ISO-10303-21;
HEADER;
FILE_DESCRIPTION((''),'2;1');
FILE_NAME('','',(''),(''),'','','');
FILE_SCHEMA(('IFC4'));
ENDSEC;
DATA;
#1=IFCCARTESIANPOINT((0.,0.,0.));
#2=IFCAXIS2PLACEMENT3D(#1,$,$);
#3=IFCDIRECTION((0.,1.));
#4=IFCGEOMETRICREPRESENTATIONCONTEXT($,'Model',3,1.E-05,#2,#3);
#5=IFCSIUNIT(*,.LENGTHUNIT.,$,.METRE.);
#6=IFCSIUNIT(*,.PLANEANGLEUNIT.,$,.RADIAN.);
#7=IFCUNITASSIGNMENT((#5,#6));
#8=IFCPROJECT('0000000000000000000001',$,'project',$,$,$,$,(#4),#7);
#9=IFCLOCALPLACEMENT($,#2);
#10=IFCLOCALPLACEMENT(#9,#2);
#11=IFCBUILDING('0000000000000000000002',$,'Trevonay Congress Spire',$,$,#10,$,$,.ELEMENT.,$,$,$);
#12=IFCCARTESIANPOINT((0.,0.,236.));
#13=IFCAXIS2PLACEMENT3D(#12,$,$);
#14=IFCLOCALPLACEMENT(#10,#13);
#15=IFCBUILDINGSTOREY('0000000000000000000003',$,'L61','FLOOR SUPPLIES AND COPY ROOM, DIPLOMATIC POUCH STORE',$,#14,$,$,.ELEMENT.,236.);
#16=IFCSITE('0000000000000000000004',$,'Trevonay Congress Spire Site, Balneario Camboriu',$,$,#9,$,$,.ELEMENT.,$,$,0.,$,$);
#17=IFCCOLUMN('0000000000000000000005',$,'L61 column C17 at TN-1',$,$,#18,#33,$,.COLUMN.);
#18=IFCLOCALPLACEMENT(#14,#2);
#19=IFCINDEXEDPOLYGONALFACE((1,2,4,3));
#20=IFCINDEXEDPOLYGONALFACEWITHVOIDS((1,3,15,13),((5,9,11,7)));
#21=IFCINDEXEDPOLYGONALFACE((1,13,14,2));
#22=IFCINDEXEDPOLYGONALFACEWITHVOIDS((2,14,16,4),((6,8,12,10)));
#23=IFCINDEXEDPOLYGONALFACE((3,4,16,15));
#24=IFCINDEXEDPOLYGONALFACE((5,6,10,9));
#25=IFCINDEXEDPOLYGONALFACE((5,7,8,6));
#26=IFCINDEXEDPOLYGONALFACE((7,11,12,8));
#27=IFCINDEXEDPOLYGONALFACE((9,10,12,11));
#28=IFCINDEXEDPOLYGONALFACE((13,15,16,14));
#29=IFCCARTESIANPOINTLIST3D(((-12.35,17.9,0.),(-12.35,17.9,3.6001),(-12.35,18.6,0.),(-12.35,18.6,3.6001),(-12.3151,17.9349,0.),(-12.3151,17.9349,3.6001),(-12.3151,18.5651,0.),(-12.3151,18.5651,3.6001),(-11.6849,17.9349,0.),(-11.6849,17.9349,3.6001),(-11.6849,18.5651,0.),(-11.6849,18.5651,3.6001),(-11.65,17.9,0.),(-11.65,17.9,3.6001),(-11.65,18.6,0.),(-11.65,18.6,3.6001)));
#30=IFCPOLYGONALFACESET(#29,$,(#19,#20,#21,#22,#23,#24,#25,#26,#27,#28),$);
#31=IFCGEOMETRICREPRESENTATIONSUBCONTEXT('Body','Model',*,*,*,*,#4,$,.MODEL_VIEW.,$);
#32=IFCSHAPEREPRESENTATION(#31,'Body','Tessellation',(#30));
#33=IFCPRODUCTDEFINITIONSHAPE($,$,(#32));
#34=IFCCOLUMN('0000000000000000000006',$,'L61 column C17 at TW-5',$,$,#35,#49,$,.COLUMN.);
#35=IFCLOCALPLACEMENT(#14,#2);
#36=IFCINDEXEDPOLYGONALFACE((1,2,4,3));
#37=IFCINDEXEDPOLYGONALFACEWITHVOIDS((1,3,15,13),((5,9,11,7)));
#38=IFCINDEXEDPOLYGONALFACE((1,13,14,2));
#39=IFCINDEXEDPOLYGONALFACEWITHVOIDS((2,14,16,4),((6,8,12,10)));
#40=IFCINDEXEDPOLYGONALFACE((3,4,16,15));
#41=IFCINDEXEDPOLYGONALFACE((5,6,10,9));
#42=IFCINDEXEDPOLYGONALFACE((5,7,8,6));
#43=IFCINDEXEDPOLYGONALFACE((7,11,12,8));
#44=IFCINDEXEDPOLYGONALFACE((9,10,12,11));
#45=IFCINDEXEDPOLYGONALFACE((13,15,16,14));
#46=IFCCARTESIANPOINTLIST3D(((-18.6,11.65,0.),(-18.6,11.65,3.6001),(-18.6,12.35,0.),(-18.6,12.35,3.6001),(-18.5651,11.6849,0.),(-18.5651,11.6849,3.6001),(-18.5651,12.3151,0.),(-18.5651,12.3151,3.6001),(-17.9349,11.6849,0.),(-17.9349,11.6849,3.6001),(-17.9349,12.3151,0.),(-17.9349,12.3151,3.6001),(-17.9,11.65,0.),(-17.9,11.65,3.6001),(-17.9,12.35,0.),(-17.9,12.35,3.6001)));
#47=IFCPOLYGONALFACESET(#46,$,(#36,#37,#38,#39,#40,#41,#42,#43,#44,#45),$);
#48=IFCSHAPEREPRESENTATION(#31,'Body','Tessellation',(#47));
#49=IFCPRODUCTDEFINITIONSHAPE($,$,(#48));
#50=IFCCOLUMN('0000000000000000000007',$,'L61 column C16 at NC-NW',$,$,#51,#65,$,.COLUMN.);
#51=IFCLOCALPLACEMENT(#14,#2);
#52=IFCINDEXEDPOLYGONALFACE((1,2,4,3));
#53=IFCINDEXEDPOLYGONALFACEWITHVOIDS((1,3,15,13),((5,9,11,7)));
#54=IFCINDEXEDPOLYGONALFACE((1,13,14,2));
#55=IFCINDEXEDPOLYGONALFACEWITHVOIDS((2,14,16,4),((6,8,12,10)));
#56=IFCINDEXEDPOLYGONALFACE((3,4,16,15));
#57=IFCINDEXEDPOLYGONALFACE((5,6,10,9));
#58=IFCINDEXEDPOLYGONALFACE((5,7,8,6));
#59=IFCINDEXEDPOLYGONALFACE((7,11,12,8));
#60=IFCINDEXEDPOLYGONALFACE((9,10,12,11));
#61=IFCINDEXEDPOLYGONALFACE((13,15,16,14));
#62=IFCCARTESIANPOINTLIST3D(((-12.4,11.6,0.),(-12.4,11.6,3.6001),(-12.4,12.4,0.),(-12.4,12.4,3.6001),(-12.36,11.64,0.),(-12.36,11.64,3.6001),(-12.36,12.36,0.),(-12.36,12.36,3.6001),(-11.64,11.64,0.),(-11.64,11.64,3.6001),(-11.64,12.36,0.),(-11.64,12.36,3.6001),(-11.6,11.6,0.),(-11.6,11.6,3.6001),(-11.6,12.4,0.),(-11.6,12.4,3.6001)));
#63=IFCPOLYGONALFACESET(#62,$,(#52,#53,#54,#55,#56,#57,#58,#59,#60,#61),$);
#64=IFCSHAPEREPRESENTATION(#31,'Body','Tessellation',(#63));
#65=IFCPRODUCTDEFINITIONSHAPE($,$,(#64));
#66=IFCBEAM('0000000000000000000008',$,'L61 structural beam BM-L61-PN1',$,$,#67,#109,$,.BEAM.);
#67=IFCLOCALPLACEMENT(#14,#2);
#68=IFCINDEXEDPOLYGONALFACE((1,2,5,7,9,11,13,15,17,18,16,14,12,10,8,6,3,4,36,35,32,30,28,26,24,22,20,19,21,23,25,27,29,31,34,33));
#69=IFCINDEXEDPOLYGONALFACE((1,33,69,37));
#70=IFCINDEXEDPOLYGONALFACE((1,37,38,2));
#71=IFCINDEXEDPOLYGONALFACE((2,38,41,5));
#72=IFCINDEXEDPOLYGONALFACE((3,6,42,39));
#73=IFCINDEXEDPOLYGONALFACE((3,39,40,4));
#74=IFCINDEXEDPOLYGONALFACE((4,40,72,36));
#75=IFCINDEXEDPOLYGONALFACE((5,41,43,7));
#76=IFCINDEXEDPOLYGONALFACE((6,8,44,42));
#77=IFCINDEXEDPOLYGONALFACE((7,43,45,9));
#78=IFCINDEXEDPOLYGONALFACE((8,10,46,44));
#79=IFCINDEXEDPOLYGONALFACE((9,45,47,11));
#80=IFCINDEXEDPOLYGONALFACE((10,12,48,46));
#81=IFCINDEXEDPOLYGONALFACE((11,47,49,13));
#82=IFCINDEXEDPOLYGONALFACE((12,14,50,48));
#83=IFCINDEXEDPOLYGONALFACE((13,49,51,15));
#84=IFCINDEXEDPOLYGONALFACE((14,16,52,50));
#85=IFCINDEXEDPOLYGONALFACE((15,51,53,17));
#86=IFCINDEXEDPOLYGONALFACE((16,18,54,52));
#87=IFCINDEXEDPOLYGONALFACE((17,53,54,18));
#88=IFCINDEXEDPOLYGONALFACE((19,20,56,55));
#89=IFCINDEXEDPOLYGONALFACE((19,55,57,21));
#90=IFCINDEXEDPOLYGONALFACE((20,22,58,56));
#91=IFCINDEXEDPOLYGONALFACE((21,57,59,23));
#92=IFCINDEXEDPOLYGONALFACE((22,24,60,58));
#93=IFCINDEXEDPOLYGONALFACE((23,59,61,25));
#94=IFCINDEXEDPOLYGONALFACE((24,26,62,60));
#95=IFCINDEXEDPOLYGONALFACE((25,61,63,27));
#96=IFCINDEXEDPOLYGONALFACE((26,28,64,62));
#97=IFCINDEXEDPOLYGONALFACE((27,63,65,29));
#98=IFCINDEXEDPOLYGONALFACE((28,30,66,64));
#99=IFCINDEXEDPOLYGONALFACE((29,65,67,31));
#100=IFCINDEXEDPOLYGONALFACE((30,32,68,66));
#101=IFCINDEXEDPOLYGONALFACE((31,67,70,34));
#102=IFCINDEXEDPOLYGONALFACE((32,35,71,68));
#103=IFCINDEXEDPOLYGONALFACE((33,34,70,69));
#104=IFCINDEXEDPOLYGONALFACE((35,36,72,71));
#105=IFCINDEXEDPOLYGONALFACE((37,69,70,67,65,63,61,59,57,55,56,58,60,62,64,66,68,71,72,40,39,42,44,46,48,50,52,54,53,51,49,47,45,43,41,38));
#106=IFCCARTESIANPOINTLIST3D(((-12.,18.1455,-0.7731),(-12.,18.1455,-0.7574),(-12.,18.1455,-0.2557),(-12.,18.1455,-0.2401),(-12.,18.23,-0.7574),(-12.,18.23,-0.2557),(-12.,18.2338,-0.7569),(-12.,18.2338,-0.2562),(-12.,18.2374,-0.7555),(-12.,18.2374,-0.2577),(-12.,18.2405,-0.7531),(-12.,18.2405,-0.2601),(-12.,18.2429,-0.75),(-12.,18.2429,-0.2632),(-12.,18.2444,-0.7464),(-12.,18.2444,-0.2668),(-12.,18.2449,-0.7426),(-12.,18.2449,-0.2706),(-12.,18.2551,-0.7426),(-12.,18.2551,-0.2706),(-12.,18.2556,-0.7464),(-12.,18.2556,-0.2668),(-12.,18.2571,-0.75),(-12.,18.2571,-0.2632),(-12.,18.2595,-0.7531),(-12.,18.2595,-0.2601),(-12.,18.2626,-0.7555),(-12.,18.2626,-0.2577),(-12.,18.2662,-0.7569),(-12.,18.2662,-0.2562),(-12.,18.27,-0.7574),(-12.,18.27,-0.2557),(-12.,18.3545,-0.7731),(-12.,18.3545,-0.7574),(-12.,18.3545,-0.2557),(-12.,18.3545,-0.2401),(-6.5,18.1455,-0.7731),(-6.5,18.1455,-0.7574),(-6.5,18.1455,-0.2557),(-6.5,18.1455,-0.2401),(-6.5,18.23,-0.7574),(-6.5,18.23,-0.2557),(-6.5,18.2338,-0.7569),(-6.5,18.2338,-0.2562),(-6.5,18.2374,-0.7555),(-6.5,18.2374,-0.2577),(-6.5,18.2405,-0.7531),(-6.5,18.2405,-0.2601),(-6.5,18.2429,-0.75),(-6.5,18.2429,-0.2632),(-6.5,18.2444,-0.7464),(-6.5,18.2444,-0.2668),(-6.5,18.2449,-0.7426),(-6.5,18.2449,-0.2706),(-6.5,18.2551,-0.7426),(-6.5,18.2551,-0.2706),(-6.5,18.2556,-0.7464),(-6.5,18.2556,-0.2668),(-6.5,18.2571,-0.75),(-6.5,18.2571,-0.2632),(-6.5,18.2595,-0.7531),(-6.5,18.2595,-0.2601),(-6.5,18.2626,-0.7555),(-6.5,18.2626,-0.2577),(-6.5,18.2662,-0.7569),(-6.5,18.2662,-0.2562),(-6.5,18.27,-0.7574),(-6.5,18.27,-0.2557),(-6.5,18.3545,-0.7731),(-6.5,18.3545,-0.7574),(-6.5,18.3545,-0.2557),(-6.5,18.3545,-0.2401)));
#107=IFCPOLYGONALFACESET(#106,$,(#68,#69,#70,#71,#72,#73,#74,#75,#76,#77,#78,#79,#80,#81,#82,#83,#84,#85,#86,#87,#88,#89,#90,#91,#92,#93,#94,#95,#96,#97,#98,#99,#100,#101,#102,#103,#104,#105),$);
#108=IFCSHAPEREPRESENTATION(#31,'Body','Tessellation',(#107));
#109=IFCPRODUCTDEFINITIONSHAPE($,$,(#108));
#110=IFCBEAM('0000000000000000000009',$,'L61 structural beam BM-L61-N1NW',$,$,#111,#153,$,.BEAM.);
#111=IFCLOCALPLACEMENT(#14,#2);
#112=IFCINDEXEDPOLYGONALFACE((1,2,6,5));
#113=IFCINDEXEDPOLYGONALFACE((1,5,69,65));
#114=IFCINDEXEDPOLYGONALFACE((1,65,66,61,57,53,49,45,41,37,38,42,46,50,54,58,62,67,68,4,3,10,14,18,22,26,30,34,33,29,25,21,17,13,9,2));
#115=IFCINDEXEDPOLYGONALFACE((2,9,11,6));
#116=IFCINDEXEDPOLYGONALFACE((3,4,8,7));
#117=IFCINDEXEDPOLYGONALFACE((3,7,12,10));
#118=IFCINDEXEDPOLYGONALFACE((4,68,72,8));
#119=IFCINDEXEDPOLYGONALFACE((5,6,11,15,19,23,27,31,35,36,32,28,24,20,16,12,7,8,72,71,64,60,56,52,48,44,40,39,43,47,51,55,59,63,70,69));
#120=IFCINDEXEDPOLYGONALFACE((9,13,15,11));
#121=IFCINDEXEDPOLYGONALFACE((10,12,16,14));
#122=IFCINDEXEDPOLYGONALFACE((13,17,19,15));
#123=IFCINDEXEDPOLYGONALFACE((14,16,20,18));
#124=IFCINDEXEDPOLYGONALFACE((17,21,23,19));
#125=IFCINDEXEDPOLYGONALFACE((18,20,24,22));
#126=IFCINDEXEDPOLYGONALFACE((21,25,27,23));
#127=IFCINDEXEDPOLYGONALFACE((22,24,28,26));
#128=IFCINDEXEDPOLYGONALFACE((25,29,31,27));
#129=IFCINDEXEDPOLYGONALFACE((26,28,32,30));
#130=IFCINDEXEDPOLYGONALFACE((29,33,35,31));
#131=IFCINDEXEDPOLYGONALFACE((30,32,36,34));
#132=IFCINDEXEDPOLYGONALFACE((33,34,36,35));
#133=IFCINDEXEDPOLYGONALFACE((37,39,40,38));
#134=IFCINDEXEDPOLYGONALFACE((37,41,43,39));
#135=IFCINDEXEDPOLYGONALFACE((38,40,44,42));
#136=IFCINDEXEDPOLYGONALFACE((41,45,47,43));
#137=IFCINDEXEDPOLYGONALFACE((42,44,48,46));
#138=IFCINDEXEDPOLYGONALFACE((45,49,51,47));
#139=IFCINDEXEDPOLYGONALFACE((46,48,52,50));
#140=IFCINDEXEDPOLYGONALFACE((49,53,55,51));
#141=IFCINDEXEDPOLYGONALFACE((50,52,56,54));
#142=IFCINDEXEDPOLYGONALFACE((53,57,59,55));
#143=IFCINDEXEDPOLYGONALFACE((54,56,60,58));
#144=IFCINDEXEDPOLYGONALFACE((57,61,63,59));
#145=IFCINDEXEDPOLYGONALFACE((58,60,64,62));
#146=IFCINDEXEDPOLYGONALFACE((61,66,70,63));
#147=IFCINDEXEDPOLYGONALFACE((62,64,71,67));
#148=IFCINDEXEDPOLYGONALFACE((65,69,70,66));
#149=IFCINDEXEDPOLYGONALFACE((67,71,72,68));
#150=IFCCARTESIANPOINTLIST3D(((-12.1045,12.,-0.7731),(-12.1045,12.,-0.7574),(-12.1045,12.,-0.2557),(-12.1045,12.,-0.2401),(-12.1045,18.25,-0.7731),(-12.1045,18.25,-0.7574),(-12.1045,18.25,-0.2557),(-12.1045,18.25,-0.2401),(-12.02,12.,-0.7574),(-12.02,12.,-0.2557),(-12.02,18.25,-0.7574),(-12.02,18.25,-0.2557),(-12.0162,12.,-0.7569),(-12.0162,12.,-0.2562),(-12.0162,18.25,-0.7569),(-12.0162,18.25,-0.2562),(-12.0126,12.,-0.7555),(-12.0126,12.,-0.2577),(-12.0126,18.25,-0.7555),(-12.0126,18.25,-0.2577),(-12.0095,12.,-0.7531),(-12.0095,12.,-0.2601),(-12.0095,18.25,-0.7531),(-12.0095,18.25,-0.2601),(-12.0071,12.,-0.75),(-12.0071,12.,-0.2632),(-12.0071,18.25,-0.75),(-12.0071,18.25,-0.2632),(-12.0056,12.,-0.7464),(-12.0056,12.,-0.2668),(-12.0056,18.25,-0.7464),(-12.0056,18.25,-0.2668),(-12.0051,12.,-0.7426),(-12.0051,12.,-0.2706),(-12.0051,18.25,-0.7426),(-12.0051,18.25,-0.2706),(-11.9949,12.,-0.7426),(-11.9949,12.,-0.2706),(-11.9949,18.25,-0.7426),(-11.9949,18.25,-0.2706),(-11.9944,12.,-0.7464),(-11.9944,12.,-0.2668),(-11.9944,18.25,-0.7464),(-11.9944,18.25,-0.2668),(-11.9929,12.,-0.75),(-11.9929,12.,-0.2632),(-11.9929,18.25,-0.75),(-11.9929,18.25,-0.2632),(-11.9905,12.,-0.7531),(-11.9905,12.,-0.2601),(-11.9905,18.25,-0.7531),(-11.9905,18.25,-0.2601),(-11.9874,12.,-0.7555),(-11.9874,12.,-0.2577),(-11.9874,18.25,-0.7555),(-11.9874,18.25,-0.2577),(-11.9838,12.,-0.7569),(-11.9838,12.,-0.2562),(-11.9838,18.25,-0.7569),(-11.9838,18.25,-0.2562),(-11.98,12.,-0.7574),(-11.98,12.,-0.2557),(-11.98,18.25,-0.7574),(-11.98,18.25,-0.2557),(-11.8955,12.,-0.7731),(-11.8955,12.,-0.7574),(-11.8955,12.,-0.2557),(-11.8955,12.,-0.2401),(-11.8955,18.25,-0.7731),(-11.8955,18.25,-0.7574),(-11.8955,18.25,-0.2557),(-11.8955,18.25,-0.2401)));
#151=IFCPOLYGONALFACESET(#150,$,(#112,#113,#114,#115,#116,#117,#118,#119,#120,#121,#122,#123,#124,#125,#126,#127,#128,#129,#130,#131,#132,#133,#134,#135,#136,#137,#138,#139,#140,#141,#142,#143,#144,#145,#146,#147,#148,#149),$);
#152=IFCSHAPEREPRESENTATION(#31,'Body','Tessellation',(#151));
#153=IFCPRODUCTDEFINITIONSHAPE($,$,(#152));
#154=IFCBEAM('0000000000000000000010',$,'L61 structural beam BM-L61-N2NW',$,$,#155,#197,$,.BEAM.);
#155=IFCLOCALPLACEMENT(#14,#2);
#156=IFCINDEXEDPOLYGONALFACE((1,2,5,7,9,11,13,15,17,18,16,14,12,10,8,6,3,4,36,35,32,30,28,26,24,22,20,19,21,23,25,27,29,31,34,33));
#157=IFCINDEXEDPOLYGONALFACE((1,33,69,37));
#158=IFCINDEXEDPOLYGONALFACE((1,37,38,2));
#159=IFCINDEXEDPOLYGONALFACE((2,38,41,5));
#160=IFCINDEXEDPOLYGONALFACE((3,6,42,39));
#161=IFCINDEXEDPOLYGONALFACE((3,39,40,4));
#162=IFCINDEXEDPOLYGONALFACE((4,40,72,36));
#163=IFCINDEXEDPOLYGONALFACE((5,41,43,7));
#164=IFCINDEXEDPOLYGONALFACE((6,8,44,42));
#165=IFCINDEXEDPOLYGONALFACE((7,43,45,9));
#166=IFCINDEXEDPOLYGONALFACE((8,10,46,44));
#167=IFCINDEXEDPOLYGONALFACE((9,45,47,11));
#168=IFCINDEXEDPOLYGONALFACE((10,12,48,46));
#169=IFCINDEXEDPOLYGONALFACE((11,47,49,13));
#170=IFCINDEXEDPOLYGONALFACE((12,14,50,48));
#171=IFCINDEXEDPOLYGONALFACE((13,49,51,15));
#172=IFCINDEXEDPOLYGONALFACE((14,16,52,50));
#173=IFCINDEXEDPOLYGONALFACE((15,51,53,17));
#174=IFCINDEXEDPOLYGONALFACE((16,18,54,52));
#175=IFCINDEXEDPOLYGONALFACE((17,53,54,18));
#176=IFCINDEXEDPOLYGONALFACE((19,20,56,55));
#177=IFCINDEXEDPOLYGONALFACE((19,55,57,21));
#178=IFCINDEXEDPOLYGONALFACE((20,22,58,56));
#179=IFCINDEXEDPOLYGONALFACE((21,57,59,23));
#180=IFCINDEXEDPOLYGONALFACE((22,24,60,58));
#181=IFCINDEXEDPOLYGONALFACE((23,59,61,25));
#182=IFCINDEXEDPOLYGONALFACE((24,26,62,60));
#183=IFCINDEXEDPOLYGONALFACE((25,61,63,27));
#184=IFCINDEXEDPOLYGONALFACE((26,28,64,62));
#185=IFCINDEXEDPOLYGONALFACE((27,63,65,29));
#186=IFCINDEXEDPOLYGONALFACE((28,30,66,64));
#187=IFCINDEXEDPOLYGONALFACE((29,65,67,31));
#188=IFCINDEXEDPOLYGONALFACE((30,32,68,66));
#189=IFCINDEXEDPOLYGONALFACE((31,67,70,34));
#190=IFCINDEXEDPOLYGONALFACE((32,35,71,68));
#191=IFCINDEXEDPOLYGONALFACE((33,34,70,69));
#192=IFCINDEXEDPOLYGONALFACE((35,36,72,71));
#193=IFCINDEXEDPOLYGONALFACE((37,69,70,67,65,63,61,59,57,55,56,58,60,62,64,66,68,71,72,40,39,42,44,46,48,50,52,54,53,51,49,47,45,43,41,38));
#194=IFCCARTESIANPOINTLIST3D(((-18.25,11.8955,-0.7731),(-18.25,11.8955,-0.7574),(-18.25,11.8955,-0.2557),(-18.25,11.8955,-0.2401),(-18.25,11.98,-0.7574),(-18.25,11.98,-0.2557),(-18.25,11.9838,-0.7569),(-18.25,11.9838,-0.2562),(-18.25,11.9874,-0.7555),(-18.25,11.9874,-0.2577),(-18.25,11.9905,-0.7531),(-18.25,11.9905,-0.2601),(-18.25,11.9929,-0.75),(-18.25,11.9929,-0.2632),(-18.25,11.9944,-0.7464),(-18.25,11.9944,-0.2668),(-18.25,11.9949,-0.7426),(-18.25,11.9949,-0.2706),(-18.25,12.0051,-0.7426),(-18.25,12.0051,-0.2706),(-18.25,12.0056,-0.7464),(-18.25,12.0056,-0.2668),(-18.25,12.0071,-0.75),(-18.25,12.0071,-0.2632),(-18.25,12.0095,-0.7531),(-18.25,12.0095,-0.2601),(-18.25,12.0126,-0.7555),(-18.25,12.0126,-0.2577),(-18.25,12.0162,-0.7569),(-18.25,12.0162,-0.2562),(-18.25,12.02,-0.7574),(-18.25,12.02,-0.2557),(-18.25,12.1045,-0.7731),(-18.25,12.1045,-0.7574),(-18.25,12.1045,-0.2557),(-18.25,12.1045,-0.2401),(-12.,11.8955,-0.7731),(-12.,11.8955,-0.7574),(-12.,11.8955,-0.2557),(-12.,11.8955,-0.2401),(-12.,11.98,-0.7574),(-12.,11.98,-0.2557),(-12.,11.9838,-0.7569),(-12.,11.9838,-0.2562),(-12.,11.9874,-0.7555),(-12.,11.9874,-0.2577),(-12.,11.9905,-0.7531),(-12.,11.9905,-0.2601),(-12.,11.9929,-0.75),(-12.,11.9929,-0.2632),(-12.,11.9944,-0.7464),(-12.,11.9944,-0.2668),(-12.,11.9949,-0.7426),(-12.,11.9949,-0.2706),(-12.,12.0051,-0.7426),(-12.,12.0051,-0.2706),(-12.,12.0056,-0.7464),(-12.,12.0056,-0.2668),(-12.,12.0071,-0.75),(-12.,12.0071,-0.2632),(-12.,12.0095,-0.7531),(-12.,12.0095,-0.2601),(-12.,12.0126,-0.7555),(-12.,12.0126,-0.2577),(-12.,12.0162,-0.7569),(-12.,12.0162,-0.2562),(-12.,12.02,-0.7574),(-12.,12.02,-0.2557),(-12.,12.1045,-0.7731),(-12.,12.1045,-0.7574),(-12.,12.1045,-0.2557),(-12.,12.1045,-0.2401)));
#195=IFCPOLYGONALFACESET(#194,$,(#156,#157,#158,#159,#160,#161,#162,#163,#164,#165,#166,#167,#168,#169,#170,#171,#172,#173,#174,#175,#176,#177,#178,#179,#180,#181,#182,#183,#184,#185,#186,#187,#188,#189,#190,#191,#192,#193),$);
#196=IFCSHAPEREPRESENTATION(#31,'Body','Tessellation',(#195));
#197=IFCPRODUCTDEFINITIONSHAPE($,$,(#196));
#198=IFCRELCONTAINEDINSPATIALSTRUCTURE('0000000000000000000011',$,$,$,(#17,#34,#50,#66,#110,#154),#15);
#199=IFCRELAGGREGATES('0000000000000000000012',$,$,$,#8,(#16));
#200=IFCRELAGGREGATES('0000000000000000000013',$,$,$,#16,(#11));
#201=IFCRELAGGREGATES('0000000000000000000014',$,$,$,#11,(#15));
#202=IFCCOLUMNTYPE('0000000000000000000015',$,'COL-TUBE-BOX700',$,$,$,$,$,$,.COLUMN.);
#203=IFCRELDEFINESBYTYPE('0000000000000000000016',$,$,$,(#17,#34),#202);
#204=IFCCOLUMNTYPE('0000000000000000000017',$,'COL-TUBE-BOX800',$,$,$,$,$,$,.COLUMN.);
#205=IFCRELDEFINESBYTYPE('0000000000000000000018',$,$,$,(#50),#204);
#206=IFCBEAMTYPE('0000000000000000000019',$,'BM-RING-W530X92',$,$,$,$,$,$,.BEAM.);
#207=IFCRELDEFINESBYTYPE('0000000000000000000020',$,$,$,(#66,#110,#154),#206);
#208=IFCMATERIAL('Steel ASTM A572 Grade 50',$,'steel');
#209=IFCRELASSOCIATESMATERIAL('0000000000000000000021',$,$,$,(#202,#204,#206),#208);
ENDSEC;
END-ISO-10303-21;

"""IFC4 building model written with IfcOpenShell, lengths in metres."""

from ifc_helpers import new_model, si_unit, direction, frame, origin, origin_2d, place, context, subcontext, project, spatial, hollow_rectangle, i_section, extrude, material, material_profile, profile_set, type_object, element, save


model = new_model("IFC4")

# Units and contexts
model_context = context("Model", 3, precision=1e-05, world=origin(), true_north=direction((0.0, 1.0)))
body_context = subcontext(model_context, "Body", "Model", "MODEL_VIEW")
ifc_project = project(units=[si_unit("LENGTHUNIT", "METRE"), si_unit("PLANEANGLEUNIT", "RADIAN")], contexts=[model_context])

# Site, building, storey
site_placement = place(None, origin())
site = spatial("IfcSite", under=ifc_project, at=site_placement, Name="Trevonay Congress Spire Site, Balneario Camboriu", CompositionType="ELEMENT", RefElevation=0.0)
building_placement = place(site_placement, origin())
building = spatial("IfcBuilding", under=site, at=building_placement, Name="Trevonay Congress Spire", CompositionType="ELEMENT")
storey_placement = place(building_placement, frame((0.0, 0.0, 236.0)))
storey = spatial("IfcBuildingStorey", under=building, at=storey_placement, Name="L61", Description="FLOOR SUPPLIES AND COPY ROOM, DIPLOMATIC POUCH STORE", CompositionType="ELEMENT", Elevation=236.0)

# Columns
ifc_material_1 = material(Name="Steel ASTM A572 Grade 50", Category="steel")
ifc_material_profile_1 = material_profile(ifc_material_1, hollow_rectangle(XDim=0.7, YDim=0.7, WallThickness=0.0349, at=origin_2d()), Name="BOX 700x700x35")
ifc_profile_set_1 = profile_set([ifc_material_profile_1], Name="Steel ASTM A572 Grade 50")
column_type_1 = type_object("IfcColumnType", Name="COL-TUBE-BOX700", PredefinedType="COLUMN", material=ifc_profile_set_1)
for number, where, z_axis, x_axis, name in (
    (1, (-12.0, 18.25, 0.0), (0.0, 0.0, 1.0), (1.0, 0.0, 0.0), "L61 column C17 at TN-1"),
    (2, (-18.25, 12.0, 0.0), (0.0, 0.0, 1.0), (1.0, 0.0, 0.0), "L61 column C17 at TW-5"),
):
    element("IfcColumn", number, at=place(storey_placement, frame(where, z_axis=z_axis, x_axis=x_axis)), inside=storey, type_object=column_type_1, Name=name, PredefinedType="COLUMN", context=body_context, shape_type="SweptSolid", body=[
        extrude(hollow_rectangle(XDim=0.7, YDim=0.7, WallThickness=0.0349, at=origin_2d()), origin(), (0.0, 0.0, 1.0), 3.6001),
    ])
ifc_material_profile_2 = material_profile(ifc_material_1, hollow_rectangle(XDim=0.8, YDim=0.8, WallThickness=0.04, at=origin_2d()), Name="BOX 800x800x40")
ifc_profile_set_2 = profile_set([ifc_material_profile_2], Name="Steel ASTM A572 Grade 50")
column_type_2 = type_object("IfcColumnType", Name="COL-TUBE-BOX800", PredefinedType="COLUMN", material=ifc_profile_set_2)
column_placement = place(storey_placement, frame((-12.0, 12.0, 0.0), z_axis=(0.0, 0.0, 1.0), x_axis=(1.0, 0.0, 0.0)))
element("IfcColumn", 3, at=column_placement, inside=storey, type_object=column_type_2, Name="L61 column C16 at NC-NW", PredefinedType="COLUMN", context=body_context, shape_type="SweptSolid", body=[
    extrude(hollow_rectangle(XDim=0.8, YDim=0.8, WallThickness=0.04, at=origin_2d()), origin(), (0.0, 0.0, 1.0), 3.6001),
])

# Beams
ifc_material_profile_3 = material_profile(ifc_material_1, i_section(OverallWidth=0.209, OverallDepth=0.533, WebThickness=0.0103, FlangeThickness=0.0156, FilletRadius=0.0149, at=origin_2d()), Name="W530x92")
ifc_profile_set_3 = profile_set([ifc_material_profile_3], Name="Steel ASTM A572 Grade 50")
beam_type_1 = type_object("IfcBeamType", Name="BM-RING-W530X92", PredefinedType="BEAM", material=ifc_profile_set_3)
beam_1_placement = place(storey_placement, frame((-12.0, 18.25, -0.5066), z_axis=(1.0, 0.0, 0.0), x_axis=(0.0, 1.0, 0.0)))
element("IfcBeam", 4, at=beam_1_placement, inside=storey, type_object=beam_type_1, Name="L61 structural beam BM-L61-PN1", PredefinedType="BEAM", context=body_context, shape_type="SweptSolid", body=[
    extrude(i_section(OverallWidth=0.209, OverallDepth=0.533, WebThickness=0.0103, FlangeThickness=0.0156, FilletRadius=0.0149, at=origin_2d()), origin(), (0.0, 0.0, 1.0), 5.5),
])
for number, where, z_axis, x_axis, name in (
    (5, (-12.0, 18.25, -0.5066), (0.0, -1.0, 0.0), (1.0, 0.0, 0.0), "L61 structural beam BM-L61-N1NW"),
    (6, (-18.25, 12.0, -0.5066), (1.0, 0.0, 0.0), (0.0, 1.0, 0.0), "L61 structural beam BM-L61-N2NW"),
):
    element("IfcBeam", number, at=place(storey_placement, frame(where, z_axis=z_axis, x_axis=x_axis)), inside=storey, type_object=beam_type_1, Name=name, PredefinedType="BEAM", context=body_context, shape_type="SweptSolid", body=[
        extrude(i_section(OverallWidth=0.209, OverallDepth=0.533, WebThickness=0.0103, FlangeThickness=0.0156, FilletRadius=0.0149, at=origin_2d()), origin(), (0.0, 0.0, 1.0), 6.25),
    ])

save(model, "model.ifc")
